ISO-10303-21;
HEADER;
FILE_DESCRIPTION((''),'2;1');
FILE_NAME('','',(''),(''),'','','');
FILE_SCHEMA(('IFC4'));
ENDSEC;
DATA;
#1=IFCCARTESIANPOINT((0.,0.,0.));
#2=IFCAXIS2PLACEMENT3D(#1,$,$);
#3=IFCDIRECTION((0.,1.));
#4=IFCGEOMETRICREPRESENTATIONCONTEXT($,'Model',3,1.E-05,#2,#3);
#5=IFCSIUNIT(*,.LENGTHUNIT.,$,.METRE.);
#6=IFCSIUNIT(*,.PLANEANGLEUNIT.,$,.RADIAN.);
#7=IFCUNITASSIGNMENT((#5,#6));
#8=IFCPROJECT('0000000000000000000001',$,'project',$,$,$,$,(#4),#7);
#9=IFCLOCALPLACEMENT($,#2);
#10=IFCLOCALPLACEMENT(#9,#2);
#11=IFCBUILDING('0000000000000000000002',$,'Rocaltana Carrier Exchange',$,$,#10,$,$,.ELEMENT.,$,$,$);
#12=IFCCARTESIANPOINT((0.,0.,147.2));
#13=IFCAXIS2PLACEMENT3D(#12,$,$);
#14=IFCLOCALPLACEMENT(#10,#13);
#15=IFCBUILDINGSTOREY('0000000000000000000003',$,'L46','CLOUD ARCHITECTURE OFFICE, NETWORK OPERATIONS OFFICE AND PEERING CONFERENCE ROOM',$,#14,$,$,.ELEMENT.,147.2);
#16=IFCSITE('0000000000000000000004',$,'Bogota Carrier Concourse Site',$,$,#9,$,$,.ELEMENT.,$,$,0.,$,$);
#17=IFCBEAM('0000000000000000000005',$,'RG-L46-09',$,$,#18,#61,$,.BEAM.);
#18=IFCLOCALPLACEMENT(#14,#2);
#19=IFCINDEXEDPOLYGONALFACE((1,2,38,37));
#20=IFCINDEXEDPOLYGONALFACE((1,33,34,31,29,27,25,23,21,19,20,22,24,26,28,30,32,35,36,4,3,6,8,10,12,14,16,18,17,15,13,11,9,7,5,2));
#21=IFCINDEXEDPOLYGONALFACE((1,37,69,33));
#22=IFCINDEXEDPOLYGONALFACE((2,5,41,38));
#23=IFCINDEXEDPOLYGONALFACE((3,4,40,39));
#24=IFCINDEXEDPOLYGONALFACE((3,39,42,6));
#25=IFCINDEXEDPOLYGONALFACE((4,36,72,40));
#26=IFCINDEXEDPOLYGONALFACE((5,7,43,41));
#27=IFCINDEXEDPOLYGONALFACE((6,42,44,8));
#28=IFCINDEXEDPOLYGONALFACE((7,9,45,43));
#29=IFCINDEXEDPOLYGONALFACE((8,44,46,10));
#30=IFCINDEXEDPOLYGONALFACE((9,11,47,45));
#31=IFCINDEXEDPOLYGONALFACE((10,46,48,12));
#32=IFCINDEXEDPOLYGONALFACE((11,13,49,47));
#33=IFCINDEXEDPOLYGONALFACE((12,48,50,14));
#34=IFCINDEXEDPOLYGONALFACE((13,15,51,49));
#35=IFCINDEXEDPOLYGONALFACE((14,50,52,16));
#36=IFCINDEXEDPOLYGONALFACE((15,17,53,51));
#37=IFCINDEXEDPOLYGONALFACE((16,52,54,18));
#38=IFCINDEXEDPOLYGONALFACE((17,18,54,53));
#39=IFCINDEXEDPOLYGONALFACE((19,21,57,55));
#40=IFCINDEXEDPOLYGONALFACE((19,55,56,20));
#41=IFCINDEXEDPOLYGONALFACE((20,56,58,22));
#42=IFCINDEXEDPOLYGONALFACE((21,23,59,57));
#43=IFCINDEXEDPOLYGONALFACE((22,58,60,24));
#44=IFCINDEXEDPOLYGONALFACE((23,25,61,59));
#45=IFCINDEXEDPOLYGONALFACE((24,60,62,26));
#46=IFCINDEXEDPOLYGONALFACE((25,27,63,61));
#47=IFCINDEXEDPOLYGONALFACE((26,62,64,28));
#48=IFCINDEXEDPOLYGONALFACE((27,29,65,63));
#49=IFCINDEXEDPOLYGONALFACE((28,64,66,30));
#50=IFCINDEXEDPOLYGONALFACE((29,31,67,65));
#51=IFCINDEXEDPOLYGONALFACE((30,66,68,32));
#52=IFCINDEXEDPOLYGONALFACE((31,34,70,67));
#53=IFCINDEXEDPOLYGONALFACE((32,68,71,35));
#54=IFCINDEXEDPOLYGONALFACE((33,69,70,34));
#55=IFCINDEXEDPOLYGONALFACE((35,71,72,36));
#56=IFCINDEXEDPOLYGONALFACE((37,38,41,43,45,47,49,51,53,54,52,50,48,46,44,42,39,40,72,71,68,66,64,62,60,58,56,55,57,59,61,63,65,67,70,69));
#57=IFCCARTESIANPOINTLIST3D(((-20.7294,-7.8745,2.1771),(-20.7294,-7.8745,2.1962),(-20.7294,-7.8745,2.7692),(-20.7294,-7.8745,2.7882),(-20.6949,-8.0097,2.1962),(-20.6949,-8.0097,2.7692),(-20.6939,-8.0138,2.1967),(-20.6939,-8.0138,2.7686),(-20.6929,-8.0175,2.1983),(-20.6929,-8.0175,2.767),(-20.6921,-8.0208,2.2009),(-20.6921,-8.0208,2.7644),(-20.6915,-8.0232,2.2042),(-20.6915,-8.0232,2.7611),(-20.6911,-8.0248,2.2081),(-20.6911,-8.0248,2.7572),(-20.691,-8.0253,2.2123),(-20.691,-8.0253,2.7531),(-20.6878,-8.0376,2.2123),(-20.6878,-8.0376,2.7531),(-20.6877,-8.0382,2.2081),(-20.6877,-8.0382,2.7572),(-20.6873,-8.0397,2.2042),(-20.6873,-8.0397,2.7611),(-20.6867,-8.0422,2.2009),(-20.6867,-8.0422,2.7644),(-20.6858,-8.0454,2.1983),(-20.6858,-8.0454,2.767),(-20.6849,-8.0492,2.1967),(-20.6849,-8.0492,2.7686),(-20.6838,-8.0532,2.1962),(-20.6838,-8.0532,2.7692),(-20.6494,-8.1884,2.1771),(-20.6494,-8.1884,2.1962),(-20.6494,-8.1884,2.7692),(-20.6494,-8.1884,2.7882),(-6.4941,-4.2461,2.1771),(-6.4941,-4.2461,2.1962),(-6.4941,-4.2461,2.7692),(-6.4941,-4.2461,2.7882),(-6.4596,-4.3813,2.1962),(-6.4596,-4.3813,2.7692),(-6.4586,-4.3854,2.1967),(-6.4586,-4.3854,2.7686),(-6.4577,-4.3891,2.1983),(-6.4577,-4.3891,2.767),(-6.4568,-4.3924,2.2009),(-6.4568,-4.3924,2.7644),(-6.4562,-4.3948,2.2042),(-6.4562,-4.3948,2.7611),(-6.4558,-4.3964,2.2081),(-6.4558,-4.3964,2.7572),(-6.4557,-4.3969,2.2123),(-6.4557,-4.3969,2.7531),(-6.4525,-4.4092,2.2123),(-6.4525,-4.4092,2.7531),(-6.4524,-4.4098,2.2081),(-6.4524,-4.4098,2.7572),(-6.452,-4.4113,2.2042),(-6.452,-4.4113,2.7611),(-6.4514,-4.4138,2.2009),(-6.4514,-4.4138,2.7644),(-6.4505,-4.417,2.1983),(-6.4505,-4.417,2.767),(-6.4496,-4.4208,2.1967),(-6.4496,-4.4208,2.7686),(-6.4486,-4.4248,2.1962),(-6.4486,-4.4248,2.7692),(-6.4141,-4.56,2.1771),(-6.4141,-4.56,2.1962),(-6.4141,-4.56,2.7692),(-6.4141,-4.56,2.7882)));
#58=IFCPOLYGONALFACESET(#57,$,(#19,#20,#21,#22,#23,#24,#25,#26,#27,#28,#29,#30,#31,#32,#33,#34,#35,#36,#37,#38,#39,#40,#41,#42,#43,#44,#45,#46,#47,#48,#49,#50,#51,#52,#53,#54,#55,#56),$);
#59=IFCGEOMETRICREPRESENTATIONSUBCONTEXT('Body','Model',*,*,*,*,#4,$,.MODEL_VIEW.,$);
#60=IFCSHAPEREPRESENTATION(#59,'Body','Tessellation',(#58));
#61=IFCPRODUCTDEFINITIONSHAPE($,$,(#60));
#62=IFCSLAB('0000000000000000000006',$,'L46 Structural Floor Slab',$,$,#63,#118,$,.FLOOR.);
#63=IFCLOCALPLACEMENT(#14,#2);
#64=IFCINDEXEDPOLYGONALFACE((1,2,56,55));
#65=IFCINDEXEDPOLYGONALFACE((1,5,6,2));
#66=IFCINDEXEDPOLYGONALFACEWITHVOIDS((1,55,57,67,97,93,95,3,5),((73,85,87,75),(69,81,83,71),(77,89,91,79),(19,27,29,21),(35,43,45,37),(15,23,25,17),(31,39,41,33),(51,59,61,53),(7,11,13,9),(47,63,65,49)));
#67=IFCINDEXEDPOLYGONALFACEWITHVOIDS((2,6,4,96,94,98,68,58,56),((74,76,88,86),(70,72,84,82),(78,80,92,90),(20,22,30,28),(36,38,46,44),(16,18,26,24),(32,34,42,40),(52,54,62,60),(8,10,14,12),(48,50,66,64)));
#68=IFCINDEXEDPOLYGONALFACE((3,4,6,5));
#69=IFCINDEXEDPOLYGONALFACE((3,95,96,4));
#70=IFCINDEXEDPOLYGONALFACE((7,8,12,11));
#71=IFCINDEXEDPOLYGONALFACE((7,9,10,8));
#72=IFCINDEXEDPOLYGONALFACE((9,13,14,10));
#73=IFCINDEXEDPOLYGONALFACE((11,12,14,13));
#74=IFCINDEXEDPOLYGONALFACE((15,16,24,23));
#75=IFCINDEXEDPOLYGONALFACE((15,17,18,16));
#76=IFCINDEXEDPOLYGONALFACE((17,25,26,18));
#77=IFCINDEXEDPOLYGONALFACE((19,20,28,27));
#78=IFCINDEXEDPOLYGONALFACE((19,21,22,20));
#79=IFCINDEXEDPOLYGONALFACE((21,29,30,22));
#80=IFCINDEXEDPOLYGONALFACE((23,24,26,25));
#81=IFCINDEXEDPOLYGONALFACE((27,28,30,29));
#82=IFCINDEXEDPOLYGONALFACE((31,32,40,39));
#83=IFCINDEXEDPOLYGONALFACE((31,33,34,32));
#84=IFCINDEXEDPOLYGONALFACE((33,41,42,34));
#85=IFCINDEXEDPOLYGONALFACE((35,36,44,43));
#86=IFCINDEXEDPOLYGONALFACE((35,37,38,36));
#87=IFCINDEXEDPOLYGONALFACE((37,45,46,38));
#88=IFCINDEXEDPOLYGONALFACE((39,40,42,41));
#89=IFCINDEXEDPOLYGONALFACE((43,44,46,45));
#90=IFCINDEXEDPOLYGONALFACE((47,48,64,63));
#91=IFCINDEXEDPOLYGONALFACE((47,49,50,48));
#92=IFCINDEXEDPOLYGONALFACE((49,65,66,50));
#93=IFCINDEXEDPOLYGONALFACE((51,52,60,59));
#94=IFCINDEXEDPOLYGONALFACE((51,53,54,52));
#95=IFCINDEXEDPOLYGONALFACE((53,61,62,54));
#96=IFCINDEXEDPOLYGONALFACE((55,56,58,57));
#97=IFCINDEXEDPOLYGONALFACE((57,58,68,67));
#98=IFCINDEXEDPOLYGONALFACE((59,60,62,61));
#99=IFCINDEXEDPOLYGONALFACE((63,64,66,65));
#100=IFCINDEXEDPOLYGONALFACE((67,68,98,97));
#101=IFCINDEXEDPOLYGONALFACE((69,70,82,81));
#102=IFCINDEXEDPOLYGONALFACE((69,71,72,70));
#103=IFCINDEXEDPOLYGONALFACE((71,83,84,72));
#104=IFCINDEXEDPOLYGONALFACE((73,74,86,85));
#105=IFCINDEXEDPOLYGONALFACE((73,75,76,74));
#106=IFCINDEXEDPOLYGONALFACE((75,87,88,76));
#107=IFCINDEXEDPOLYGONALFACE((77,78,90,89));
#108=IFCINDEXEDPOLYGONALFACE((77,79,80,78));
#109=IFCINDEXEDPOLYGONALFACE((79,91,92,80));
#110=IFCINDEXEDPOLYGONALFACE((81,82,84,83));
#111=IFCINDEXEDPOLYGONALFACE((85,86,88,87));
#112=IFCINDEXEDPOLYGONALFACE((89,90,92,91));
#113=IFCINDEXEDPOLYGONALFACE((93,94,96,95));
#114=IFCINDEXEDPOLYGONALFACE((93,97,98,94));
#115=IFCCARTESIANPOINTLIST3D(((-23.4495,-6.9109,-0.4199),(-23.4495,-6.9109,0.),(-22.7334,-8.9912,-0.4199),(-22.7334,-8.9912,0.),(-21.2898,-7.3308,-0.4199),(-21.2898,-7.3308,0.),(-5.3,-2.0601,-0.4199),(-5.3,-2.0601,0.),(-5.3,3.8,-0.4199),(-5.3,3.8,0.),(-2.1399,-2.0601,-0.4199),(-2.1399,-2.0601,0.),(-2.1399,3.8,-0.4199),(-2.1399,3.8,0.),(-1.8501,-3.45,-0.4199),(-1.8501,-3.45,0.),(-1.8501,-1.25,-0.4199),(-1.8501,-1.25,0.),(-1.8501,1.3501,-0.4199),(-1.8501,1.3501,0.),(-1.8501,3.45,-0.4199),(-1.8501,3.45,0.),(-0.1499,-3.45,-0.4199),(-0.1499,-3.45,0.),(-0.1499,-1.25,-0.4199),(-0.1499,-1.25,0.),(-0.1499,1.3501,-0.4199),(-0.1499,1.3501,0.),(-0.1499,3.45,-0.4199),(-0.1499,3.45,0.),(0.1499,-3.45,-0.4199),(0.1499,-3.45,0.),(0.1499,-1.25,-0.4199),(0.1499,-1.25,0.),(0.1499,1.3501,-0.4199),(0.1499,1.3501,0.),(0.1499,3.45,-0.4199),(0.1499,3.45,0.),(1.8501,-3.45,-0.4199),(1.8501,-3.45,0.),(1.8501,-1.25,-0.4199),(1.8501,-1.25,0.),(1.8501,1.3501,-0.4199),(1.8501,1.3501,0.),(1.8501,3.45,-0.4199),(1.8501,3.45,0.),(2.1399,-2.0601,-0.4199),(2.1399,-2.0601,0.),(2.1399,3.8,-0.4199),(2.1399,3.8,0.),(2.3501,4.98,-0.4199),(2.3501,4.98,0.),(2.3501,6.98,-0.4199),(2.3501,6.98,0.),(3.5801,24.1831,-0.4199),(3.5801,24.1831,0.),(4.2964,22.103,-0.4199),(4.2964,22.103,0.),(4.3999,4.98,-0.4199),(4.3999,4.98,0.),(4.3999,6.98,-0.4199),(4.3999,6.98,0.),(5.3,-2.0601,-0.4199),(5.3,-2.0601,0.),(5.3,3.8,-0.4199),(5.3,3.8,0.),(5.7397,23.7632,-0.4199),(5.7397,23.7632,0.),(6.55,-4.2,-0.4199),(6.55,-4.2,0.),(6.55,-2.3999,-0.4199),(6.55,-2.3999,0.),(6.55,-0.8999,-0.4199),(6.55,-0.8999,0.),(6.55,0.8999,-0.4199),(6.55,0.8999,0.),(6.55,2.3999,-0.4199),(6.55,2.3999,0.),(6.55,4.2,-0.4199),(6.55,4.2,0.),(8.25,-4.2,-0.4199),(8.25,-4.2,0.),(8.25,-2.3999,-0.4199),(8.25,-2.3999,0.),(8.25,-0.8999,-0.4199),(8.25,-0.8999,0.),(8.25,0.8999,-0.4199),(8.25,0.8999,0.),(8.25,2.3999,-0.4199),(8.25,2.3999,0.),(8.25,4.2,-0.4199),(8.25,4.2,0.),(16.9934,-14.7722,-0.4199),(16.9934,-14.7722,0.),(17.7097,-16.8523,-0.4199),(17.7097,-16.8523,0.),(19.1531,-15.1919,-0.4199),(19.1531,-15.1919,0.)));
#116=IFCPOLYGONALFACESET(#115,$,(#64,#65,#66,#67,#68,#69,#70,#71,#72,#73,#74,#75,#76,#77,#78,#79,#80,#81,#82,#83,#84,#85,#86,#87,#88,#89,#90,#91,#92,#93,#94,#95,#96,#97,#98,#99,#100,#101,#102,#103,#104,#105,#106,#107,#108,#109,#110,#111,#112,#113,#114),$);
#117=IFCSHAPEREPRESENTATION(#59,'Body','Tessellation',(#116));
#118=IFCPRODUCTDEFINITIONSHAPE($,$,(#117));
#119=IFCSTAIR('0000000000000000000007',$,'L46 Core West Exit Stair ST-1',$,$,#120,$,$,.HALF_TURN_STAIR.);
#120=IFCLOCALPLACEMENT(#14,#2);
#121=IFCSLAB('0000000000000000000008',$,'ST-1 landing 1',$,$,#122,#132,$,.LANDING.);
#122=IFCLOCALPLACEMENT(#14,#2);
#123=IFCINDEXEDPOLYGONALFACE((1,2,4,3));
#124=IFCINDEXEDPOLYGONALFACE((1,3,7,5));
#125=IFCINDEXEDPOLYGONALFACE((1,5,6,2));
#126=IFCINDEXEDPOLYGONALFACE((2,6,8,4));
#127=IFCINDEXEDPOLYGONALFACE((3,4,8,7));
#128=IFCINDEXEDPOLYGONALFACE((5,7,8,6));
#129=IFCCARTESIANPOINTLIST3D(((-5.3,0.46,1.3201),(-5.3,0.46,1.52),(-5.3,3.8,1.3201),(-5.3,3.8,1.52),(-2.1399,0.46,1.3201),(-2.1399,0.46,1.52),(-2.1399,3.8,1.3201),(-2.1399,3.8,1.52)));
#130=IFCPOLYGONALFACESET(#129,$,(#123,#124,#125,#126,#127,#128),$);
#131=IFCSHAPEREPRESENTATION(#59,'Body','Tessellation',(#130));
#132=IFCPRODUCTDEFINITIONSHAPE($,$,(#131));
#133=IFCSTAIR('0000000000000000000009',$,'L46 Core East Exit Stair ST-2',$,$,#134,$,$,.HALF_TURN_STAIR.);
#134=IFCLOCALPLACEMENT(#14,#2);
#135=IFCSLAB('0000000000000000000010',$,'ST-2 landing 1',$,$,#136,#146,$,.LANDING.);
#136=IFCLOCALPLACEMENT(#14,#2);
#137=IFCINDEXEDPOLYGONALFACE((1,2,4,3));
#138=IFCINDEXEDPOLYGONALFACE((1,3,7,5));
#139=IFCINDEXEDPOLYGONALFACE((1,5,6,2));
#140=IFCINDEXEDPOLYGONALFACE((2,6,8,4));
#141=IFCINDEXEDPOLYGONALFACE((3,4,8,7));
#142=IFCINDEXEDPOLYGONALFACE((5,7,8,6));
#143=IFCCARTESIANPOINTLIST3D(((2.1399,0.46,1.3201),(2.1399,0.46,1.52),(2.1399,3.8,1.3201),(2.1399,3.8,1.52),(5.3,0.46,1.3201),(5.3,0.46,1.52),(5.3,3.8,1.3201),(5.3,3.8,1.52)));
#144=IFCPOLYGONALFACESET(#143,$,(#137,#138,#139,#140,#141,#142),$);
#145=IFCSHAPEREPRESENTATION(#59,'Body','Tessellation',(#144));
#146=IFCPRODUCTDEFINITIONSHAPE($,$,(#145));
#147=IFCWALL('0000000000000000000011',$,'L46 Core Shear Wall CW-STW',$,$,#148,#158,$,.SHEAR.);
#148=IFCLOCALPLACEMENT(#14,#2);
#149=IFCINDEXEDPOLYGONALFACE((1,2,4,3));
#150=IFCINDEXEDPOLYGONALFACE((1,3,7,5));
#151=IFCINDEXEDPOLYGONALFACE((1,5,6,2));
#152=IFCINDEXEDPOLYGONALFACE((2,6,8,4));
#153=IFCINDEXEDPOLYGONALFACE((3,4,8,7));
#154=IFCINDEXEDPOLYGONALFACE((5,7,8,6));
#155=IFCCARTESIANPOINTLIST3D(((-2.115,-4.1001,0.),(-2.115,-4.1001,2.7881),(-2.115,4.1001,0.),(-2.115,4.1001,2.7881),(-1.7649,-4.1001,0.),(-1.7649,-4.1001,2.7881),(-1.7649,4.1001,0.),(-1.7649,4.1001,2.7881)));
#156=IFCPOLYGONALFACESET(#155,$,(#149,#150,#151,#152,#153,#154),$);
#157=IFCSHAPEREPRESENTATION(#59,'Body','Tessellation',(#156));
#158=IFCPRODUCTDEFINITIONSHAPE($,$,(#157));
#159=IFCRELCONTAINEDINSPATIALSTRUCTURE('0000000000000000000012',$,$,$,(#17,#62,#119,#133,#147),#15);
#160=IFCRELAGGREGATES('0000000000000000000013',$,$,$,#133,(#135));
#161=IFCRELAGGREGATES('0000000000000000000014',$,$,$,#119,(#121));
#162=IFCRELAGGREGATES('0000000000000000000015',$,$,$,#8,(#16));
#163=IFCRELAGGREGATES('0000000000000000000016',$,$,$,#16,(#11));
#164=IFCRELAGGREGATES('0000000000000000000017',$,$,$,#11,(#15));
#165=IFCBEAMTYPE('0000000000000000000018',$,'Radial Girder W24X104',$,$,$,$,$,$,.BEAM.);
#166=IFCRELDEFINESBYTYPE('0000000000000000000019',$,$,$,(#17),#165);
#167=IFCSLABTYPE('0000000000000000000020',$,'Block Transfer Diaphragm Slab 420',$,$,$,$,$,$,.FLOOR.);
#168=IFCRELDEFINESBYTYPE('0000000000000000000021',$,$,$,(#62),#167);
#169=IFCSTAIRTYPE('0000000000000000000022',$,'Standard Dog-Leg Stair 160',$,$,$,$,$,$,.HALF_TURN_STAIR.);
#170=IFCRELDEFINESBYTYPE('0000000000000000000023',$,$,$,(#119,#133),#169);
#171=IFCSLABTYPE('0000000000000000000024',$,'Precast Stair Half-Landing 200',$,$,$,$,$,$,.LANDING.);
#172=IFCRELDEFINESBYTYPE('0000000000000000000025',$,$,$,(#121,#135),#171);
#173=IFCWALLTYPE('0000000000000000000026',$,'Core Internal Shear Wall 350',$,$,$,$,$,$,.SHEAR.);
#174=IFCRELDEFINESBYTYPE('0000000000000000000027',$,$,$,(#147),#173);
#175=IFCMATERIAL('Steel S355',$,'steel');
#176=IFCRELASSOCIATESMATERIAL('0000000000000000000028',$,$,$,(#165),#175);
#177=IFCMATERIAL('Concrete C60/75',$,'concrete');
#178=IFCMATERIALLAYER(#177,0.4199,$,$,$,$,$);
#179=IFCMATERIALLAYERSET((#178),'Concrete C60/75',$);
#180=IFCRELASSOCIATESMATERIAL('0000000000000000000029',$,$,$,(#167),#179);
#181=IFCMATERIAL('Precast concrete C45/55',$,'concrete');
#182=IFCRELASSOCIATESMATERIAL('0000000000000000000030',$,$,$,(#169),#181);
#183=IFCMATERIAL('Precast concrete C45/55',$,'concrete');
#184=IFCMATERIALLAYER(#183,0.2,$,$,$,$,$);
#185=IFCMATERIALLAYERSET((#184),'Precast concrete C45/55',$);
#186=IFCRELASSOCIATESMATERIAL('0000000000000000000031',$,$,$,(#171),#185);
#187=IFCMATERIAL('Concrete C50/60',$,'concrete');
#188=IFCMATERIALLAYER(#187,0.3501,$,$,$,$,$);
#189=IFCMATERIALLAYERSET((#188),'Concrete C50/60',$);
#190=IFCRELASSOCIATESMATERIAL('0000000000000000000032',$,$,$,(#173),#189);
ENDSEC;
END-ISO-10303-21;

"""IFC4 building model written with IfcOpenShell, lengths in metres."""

from ifc_helpers import new_model, si_unit, direction, frame, frame_2d, origin, origin_2d, place, context, subcontext, project, spatial, polyline, rectangle, i_section, outline, extrude, material, layer, layer_set, material_profile, profile_set, type_object, element, aggregate, save


model = new_model("IFC4")

# Units and contexts
model_context = context("Model", 3, precision=1e-05, world=origin(), true_north=direction((0.0, 1.0)))
body_context = subcontext(model_context, "Body", "Model", "MODEL_VIEW")
ifc_project = project(units=[si_unit("LENGTHUNIT", "METRE"), si_unit("PLANEANGLEUNIT", "RADIAN")], contexts=[model_context])

# Site, building, storey
site_placement = place(None, origin())
site = spatial("IfcSite", under=ifc_project, at=site_placement, Name="Bogota Carrier Concourse Site", CompositionType="ELEMENT", RefElevation=0.0)
building_placement = place(site_placement, origin())
building = spatial("IfcBuilding", under=site, at=building_placement, Name="Rocaltana Carrier Exchange", CompositionType="ELEMENT")
storey_placement = place(building_placement, frame((0.0, 0.0, 147.2)))
storey = spatial("IfcBuildingStorey", under=building, at=storey_placement, Name="L46", Description="CLOUD ARCHITECTURE OFFICE, NETWORK OPERATIONS OFFICE AND PEERING CONFERENCE ROOM", CompositionType="ELEMENT", Elevation=147.2)

# Beam
ifc_material_1 = material(Name="Steel S355", Category="steel")
ifc_material_profile_1 = material_profile(ifc_material_1, i_section(OverallWidth=0.324, OverallDepth=0.6111, WebThickness=0.0127, FlangeThickness=0.019, FilletRadius=0.0161, at=origin_2d()), Name="W24X104")
ifc_profile_set_1 = profile_set([ifc_material_profile_1], Name="Steel S355")
beam_type = type_object("IfcBeamType", Name="Radial Girder W24X104", PredefinedType="BEAM", material=ifc_profile_set_1)
beam_1_placement = place(storey_placement, frame((-6.4541, -4.4031, 2.4827), z_axis=(-0.969018, -0.246991, 0.0), x_axis=(0.246991, -0.969018, 0.0)))
element("IfcBeam", 1, at=beam_1_placement, inside=storey, type_object=beam_type, Name="RG-L46-09", PredefinedType="BEAM", context=body_context, shape_type="SweptSolid", body=[
    extrude(i_section(OverallWidth=0.324, OverallDepth=0.6111, WebThickness=0.0127, FlangeThickness=0.019, FilletRadius=0.0161, at=origin_2d()), origin(), (0.0, 0.0, 1.0), 14.6904),
])

# Slab
ifc_material_2 = material(Name="Concrete C60/75", Category="concrete")
ifc_layer_1 = layer(ifc_material_2, 0.4199)
ifc_layer_set_1 = layer_set([ifc_layer_1], Name="Concrete C60/75")
slab_type_1 = type_object("IfcSlabType", Name="Block Transfer Diaphragm Slab 420", PredefinedType="FLOOR", material=ifc_layer_set_1)
slab_1_placement = place(storey_placement, frame((0.0, 0.0, -0.4199)))
element("IfcSlab", 2, at=slab_1_placement, inside=storey, type_object=slab_type_1, Name="L46 Structural Floor Slab", PredefinedType="FLOOR", context=body_context, shape_type="SweptSolid", body=[
    extrude(outline(polyline([(17.7097, -16.8523), (16.9934, -14.7722), (19.1531, -15.1919), (5.7397, 23.7632), (4.2964, 22.103), (3.5801, 24.1831), (-23.4495, -6.9109), (-21.2898, -7.3308), (-22.7334, -8.9912), (17.7097, -16.8523)]), holes=[polyline([(-5.3, -2.0601), (-2.1399, -2.0601), (-2.1399, 3.8), (-5.3, 3.8), (-5.3, -2.0601)]), polyline([(2.1399, -2.0601), (5.3, -2.0601), (5.3, 3.8), (2.1399, 3.8), (2.1399, -2.0601)]), polyline([(-1.8501, -3.45), (-0.1499, -3.45), (-0.1499, -1.25), (-1.8501, -1.25), (-1.8501, -3.45)]), polyline([(0.1499, -3.45), (1.8501, -3.45), (1.8501, -1.25), (0.1499, -1.25), (0.1499, -3.45)]), polyline([(2.3501, 4.98), (4.3999, 4.98), (4.3999, 6.98), (2.3501, 6.98), (2.3501, 4.98)]), polyline([(-1.8501, 1.3501), (-0.1499, 1.3501), (-0.1499, 3.45), (-1.8501, 3.45), (-1.8501, 1.3501)]), polyline([(0.1499, 1.3501), (1.8501, 1.3501), (1.8501, 3.45), (0.1499, 3.45), (0.1499, 1.3501)]), polyline([(6.55, -4.2), (8.25, -4.2), (8.25, -2.3999), (6.55, -2.3999), (6.55, -4.2)]), polyline([(6.55, -0.8999), (8.25, -0.8999), (8.25, 0.8999), (6.55, 0.8999), (6.55, -0.8999)]), polyline([(6.55, 2.3999), (8.25, 2.3999), (8.25, 4.2), (6.55, 4.2), (6.55, 2.3999)])]), origin(), (0.0, 0.0, 1.0), 0.4199),
])

# Stairs, slabs
ifc_material_3 = material(Name="Precast concrete C45/55", Category="concrete")
stair_type = type_object("IfcStairType", Name="Standard Dog-Leg Stair 160", PredefinedType="HALF_TURN_STAIR", material=ifc_material_3)
stair_1_placement = place(storey_placement, origin())
stair_1 = element("IfcStair", 3, at=stair_1_placement, inside=storey, type_object=stair_type, Name="L46 Core West Exit Stair ST-1", PredefinedType="HALF_TURN_STAIR")
ifc_material_4 = material(Name="Precast concrete C45/55", Category="concrete")
ifc_layer_2 = layer(ifc_material_4, 0.2)
ifc_layer_set_2 = layer_set([ifc_layer_2], Name="Precast concrete C45/55")
slab_type_2 = type_object("IfcSlabType", Name="Precast Stair Half-Landing 200", PredefinedType="LANDING", material=ifc_layer_set_2)
slab_2_placement = place(storey_placement, frame((0.0, 0.0, 1.3201)))
slab_2 = element("IfcSlab", 4, at=slab_2_placement, type_object=slab_type_2, Name="ST-1 landing 1", PredefinedType="LANDING", context=body_context, shape_type="SweptSolid", body=[
    extrude(outline(polyline([(-2.1399, 0.46), (-2.1399, 3.8), (-5.3, 3.8), (-5.3, 0.46), (-2.1399, 0.46)])), origin(), (0.0, 0.0, 1.0), 0.2),
])
stair_2_placement = place(storey_placement, origin())
stair_2 = element("IfcStair", 5, at=stair_2_placement, inside=storey, type_object=stair_type, Name="L46 Core East Exit Stair ST-2", PredefinedType="HALF_TURN_STAIR")
slab_3_placement = place(storey_placement, frame((0.0, 0.0, 1.3201)))
slab_3 = element("IfcSlab", 6, at=slab_3_placement, type_object=slab_type_2, Name="ST-2 landing 1", PredefinedType="LANDING", context=body_context, shape_type="SweptSolid", body=[
    extrude(outline(polyline([(5.3, 0.46), (5.3, 3.8), (2.1399, 3.8), (2.1399, 0.46), (5.3, 0.46)])), origin(), (0.0, 0.0, 1.0), 0.2),
])
aggregate(stair_2, [slab_3])

# Wall
ifc_material_5 = material(Name="Concrete C50/60", Category="concrete")
ifc_layer_3 = layer(ifc_material_5, 0.3501)
ifc_layer_set_3 = layer_set([ifc_layer_3], Name="Concrete C50/60")
wall_type_1 = type_object("IfcWallType", Name="Core Internal Shear Wall 350", PredefinedType="SHEAR", material=ifc_layer_set_3)
wall_1_placement = place(storey_placement, frame((-1.9399, -4.1001, 0.0), z_axis=(0.0, 0.0, 1.0), x_axis=(0.0, 1.0, 0.0)))
element("IfcWall", 7, at=wall_1_placement, inside=storey, type_object=wall_type_1, Name="L46 Core Shear Wall CW-STW", PredefinedType="SHEAR", context=body_context, shape_type="SweptSolid", body=[
    extrude(rectangle(XDim=8.2002, YDim=0.3501, at=frame_2d((4.1001, 0.0))), origin(), (0.0, 0.0, 1.0), 2.7881),
])

aggregate(stair_1, [slab_2])

save(model, "model.ifc")
